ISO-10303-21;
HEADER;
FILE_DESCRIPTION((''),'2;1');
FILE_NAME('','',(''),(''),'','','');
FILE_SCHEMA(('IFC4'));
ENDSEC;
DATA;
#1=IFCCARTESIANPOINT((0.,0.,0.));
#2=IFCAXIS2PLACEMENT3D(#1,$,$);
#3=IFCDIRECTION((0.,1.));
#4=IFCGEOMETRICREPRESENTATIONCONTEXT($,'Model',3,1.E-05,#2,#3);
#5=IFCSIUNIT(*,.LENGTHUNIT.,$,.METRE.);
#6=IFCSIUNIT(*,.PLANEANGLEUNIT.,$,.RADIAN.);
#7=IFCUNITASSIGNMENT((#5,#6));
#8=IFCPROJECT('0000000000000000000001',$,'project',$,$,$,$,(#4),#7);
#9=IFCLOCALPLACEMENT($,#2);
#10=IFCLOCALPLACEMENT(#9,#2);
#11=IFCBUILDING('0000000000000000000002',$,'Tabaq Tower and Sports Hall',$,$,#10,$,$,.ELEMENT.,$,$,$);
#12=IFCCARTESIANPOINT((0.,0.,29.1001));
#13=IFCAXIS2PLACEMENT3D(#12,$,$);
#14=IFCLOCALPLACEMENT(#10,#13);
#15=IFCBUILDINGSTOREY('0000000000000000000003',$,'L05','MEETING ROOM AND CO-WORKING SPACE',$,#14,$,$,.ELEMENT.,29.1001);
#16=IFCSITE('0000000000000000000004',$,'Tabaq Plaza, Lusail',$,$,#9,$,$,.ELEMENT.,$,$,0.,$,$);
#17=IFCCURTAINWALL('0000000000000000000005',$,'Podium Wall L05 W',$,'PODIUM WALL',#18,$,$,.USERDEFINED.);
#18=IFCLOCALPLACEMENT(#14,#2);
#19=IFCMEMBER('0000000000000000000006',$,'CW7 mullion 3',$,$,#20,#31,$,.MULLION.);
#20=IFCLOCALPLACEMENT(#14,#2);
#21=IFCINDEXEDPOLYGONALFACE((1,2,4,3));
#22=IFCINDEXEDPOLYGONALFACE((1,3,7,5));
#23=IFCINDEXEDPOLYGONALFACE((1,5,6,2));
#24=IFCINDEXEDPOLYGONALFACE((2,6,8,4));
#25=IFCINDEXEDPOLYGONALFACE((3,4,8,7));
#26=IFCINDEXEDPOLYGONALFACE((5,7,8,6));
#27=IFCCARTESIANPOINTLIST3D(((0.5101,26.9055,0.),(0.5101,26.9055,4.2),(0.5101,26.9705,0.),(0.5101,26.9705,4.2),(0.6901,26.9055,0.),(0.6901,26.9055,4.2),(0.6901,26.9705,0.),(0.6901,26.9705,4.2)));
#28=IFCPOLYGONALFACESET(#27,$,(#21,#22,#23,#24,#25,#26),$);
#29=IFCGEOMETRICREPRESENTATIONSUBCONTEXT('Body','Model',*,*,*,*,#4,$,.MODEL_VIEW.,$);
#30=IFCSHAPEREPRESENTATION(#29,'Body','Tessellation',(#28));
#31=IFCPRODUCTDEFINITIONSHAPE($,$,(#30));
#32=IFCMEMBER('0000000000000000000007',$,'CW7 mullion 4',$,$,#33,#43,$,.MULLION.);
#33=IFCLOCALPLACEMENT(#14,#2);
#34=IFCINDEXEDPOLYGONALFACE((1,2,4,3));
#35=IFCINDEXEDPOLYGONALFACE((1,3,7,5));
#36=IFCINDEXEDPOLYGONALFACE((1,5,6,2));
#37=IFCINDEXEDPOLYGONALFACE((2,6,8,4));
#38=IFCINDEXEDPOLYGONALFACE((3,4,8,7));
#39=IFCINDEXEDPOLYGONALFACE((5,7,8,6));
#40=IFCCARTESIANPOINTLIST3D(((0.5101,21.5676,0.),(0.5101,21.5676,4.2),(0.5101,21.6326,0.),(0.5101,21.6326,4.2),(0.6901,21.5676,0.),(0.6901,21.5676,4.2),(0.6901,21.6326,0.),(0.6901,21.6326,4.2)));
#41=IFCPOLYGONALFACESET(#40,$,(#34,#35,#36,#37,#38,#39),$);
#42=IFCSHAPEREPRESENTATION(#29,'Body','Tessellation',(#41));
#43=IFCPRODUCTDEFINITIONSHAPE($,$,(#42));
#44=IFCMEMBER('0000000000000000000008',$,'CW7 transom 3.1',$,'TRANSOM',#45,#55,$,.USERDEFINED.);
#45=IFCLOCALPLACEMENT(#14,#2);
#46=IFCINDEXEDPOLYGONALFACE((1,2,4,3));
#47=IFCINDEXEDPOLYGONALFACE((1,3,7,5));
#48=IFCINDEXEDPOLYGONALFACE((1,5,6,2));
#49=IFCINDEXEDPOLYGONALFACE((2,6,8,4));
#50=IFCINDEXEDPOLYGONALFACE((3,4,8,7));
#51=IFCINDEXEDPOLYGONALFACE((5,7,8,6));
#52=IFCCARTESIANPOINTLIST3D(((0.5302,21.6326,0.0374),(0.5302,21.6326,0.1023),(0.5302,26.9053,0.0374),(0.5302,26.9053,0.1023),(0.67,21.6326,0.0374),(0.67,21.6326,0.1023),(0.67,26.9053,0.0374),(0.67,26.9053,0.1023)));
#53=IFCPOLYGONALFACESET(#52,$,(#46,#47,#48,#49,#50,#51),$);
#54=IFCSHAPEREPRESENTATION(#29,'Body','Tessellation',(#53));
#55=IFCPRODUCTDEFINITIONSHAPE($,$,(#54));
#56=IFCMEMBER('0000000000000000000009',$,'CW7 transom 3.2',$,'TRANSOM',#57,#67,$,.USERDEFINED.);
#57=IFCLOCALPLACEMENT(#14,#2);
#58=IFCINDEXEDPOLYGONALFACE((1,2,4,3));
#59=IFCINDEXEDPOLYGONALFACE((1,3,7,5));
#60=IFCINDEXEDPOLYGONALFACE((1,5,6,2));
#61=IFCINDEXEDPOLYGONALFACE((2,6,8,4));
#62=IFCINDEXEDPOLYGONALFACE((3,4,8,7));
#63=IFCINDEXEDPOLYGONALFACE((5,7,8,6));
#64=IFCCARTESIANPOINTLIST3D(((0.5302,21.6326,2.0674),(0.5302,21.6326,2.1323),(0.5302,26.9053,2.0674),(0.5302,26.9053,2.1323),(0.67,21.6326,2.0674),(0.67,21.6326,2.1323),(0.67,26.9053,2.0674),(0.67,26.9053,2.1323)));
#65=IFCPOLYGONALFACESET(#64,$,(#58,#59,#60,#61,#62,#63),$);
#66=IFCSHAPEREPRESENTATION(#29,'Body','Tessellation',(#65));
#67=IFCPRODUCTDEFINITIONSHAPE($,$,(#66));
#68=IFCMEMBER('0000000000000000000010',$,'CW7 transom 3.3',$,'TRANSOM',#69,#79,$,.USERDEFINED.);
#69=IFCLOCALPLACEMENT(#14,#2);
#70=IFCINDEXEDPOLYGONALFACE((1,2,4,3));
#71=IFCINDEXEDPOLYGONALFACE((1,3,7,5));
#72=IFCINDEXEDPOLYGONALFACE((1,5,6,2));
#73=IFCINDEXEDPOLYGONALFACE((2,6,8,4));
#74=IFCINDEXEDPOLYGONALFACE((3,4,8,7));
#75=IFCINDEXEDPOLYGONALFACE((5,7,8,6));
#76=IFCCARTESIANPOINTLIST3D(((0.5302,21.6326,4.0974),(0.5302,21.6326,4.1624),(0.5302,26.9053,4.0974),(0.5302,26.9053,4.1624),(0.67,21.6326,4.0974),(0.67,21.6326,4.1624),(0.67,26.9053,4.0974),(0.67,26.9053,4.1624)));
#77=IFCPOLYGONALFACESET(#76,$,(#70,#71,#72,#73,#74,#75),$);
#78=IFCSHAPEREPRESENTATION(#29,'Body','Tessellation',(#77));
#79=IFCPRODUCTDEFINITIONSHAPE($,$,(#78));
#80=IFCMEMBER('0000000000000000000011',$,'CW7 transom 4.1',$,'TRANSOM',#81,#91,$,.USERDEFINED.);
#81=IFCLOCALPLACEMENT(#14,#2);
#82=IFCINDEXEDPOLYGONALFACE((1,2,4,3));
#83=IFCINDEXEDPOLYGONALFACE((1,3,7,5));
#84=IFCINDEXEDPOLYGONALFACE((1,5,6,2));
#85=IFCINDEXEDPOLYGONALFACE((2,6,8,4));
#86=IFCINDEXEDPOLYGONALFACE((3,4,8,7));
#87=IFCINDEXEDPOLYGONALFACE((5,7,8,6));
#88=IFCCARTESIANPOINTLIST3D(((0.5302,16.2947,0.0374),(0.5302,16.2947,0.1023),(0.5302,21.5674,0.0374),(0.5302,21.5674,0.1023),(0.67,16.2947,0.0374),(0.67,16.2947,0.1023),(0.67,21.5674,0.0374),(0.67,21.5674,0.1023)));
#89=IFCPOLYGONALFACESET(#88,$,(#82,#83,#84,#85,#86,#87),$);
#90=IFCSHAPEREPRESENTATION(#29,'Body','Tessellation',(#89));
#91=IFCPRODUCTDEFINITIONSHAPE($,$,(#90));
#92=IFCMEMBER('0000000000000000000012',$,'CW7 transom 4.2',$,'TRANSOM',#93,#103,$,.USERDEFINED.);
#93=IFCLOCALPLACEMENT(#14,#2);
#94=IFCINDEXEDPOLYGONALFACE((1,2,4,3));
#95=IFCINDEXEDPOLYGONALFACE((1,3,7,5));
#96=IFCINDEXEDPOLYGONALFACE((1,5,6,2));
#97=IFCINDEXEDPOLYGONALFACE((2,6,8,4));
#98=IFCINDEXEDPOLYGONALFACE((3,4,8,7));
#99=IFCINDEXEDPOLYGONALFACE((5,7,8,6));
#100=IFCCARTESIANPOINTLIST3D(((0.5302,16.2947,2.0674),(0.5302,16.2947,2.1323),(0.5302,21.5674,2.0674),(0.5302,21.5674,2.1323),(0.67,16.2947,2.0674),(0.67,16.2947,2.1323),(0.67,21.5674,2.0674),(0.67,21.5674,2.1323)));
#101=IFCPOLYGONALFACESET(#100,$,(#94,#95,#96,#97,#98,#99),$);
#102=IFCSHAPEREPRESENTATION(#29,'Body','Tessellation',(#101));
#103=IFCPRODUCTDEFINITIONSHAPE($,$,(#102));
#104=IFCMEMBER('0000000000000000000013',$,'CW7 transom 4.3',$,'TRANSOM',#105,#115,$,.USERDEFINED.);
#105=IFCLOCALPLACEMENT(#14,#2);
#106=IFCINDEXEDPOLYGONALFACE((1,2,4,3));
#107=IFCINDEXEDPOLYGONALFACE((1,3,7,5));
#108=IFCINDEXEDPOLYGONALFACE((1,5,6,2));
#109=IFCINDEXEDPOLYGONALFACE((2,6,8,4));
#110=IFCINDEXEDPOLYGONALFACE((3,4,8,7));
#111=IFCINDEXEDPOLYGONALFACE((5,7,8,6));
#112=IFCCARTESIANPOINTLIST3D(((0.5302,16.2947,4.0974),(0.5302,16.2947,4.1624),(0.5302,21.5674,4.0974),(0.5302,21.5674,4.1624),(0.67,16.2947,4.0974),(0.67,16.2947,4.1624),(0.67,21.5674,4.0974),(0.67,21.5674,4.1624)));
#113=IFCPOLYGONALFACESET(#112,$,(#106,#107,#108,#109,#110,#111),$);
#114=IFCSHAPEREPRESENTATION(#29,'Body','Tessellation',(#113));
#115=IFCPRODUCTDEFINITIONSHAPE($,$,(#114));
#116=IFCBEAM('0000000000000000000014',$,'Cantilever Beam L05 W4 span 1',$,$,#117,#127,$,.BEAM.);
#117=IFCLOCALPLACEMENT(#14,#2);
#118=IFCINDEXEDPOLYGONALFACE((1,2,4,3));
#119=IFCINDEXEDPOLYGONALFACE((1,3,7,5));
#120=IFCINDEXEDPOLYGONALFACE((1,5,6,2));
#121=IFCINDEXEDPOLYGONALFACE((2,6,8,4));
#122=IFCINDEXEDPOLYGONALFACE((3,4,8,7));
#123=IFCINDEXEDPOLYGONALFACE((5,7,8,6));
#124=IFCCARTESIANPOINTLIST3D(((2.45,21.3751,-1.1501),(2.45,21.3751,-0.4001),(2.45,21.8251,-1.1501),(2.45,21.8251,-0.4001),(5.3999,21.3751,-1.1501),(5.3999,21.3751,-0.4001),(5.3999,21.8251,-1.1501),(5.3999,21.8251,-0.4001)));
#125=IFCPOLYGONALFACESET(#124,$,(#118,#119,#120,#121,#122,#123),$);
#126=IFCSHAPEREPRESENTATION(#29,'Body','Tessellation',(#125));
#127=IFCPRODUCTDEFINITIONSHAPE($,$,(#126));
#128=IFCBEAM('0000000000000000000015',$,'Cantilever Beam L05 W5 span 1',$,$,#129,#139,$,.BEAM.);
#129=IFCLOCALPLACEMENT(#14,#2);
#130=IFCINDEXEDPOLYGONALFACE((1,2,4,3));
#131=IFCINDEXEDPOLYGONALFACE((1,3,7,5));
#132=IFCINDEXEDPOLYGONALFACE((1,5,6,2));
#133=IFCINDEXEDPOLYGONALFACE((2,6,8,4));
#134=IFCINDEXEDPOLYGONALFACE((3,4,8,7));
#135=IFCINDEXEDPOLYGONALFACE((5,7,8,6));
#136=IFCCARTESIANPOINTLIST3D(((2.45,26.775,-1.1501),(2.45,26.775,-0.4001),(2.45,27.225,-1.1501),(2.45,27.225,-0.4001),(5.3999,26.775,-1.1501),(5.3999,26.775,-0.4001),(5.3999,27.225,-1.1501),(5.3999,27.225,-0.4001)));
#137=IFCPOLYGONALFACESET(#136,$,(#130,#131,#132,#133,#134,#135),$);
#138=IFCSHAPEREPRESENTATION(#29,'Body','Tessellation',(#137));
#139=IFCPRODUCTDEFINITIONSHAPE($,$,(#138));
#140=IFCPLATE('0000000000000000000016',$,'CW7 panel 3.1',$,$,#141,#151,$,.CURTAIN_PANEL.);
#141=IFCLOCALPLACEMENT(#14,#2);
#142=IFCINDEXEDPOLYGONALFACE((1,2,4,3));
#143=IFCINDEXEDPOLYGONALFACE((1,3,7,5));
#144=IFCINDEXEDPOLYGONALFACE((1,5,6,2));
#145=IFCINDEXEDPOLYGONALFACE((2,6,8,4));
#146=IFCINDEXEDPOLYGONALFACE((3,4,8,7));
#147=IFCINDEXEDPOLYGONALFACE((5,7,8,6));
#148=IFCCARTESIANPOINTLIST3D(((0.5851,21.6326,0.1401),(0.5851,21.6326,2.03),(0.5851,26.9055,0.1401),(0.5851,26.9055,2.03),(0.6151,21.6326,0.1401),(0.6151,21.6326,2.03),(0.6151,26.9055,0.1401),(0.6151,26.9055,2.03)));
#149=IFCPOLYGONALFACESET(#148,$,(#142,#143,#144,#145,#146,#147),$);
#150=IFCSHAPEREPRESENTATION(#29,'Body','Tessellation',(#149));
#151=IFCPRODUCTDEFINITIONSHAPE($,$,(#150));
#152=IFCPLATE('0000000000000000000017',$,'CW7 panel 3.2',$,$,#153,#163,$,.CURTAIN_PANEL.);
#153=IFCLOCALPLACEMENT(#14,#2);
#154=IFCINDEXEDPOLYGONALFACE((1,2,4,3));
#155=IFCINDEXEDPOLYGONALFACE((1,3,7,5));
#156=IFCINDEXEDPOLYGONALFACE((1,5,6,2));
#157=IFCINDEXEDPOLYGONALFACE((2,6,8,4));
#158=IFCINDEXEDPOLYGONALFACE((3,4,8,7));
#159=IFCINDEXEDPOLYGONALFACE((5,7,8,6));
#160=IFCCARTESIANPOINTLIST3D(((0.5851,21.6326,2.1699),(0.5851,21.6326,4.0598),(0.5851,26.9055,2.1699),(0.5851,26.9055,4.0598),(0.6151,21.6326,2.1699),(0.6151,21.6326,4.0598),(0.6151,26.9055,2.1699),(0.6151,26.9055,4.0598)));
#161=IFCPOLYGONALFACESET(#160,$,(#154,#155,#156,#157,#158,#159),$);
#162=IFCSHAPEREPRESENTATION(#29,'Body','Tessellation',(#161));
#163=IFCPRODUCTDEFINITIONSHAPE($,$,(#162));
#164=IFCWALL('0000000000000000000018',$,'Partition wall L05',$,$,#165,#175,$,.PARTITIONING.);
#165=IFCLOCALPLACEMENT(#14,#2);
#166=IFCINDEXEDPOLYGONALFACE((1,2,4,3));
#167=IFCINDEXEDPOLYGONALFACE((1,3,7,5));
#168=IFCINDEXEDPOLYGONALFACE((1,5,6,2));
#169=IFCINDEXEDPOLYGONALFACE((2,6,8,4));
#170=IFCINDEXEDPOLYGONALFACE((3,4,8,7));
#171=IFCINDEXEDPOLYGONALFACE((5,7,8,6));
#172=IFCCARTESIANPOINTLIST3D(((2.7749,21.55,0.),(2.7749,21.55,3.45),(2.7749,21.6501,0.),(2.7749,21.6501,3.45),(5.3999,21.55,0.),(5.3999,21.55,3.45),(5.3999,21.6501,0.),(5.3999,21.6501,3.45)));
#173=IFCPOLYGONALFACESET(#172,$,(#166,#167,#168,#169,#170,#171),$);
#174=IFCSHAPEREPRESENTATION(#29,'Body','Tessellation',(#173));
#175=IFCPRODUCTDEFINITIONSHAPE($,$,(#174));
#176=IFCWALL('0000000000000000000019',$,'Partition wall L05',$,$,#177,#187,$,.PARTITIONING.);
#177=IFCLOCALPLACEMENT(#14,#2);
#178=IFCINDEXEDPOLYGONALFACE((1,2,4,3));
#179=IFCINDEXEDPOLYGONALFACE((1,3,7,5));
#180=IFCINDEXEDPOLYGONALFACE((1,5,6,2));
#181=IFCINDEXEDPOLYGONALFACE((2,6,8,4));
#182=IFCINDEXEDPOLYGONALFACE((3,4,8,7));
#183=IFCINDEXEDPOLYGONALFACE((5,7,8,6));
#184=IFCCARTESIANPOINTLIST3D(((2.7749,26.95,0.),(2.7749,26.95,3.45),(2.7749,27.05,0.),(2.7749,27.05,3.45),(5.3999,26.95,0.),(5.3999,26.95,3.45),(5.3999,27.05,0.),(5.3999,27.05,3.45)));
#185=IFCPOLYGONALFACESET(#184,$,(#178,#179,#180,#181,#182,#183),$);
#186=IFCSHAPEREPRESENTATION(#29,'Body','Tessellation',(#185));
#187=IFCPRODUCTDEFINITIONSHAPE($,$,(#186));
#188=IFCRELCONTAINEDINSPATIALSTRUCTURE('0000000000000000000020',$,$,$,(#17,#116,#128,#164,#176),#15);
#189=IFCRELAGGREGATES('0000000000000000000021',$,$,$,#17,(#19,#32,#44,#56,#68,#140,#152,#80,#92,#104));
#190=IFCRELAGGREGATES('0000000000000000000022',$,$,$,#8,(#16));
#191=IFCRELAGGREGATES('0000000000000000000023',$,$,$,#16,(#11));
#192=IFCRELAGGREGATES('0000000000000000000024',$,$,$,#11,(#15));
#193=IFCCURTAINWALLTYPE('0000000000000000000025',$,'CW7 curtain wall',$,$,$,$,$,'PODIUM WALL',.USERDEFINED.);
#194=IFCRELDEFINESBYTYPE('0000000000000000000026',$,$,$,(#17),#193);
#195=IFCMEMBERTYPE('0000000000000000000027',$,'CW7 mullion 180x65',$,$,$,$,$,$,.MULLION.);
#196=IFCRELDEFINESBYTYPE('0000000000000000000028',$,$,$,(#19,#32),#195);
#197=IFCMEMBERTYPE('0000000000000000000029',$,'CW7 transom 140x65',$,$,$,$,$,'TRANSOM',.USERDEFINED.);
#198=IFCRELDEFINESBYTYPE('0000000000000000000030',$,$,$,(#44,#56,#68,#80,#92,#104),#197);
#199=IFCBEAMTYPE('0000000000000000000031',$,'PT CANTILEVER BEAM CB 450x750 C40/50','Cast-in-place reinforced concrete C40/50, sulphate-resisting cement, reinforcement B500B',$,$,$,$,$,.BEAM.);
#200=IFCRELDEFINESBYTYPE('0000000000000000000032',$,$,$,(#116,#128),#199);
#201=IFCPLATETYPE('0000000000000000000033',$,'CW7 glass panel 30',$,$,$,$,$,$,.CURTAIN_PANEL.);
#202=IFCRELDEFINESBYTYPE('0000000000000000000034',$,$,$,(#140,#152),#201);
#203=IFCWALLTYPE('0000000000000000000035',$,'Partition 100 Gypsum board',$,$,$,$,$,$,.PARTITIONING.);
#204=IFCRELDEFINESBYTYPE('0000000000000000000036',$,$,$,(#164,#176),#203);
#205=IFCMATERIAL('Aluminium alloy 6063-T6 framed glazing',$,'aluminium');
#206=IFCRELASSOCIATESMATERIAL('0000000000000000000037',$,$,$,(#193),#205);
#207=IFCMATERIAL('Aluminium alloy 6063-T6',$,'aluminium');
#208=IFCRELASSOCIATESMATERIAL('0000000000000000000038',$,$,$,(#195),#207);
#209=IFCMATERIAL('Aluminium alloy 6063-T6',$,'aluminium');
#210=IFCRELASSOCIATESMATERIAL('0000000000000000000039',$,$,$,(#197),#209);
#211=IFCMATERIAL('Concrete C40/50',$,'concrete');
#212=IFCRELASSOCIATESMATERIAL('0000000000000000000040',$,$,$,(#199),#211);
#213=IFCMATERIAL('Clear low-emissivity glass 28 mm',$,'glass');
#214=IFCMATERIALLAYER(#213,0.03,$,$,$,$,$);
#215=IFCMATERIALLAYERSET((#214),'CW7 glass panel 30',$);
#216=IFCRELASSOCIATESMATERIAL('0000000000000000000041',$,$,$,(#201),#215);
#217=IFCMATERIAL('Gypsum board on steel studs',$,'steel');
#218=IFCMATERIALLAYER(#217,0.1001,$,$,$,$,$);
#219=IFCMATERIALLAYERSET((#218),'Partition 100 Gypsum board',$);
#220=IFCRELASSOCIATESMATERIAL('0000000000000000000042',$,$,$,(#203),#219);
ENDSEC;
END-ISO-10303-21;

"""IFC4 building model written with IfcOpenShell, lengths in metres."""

from ifc_helpers import new_model, si_unit, direction, frame, frame_2d, origin, origin_2d, place, context, subcontext, project, spatial, rectangle, extrude, material, layer, layer_set, material_profile, profile_set, type_object, element, aggregate, save


model = new_model("IFC4")

# Units and contexts
model_context = context("Model", 3, precision=1e-05, world=origin(), true_north=direction((0.0, 1.0)))
body_context = subcontext(model_context, "Body", "Model", "MODEL_VIEW")
ifc_project = project(units=[si_unit("LENGTHUNIT", "METRE"), si_unit("PLANEANGLEUNIT", "RADIAN")], contexts=[model_context])

# Site, building, storey
site_placement = place(None, origin())
site = spatial("IfcSite", under=ifc_project, at=site_placement, Name="Tabaq Plaza, Lusail", CompositionType="ELEMENT", RefElevation=0.0)
building_placement = place(site_placement, origin())
building = spatial("IfcBuilding", under=site, at=building_placement, Name="Tabaq Tower and Sports Hall", CompositionType="ELEMENT")
storey_placement = place(building_placement, frame((0.0, 0.0, 29.1001)))
storey = spatial("IfcBuildingStorey", under=building, at=storey_placement, Name="L05", Description="MEETING ROOM AND CO-WORKING SPACE", CompositionType="ELEMENT", Elevation=29.1001)

# Curtain wall, members
ifc_material_1 = material(Name="Aluminium alloy 6063-T6 framed glazing", Category="aluminium")
curtain_wall_type = type_object("IfcCurtainWallType", Name="CW7 curtain wall", ElementType="PODIUM WALL", PredefinedType="USERDEFINED", material=ifc_material_1)
curtain_wall_placement = place(storey_placement, origin())
curtain_wall = element("IfcCurtainWall", 1, at=curtain_wall_placement, inside=storey, type_object=curtain_wall_type, Name="Podium Wall L05 W", ObjectType="PODIUM WALL", PredefinedType="USERDEFINED")
ifc_material_2 = material(Name="Aluminium alloy 6063-T6", Category="aluminium")
ifc_material_profile_1 = material_profile(ifc_material_2, rectangle(XDim=0.1799, YDim=0.0649, at=origin_2d()), Name="MULLION 180x65")
ifc_profile_set_1 = profile_set([ifc_material_profile_1], Name="Aluminium alloy 6063-T6")
member_type_1 = type_object("IfcMemberType", Name="CW7 mullion 180x65", PredefinedType="MULLION", material=ifc_profile_set_1)
member_1_placement = place(storey_placement, frame((0.6001, 26.938, 0.0), z_axis=(0.0, 0.0, 1.0), x_axis=(1.0, 0.0, 0.0)))
member_1 = element("IfcMember", 2, at=member_1_placement, type_object=member_type_1, Name="CW7 mullion 3", PredefinedType="MULLION", context=body_context, shape_type="SweptSolid", body=[
    extrude(rectangle(XDim=0.1799, YDim=0.0649, at=origin_2d()), origin(), (0.0, 0.0, 1.0), 4.2),
])
member_2_placement = place(storey_placement, frame((0.6001, 21.6001, 0.0), z_axis=(0.0, 0.0, 1.0), x_axis=(1.0, 0.0, 0.0)))
member_2 = element("IfcMember", 3, at=member_2_placement, type_object=member_type_1, Name="CW7 mullion 4", PredefinedType="MULLION", context=body_context, shape_type="SweptSolid", body=[
    extrude(rectangle(XDim=0.1799, YDim=0.0649, at=origin_2d()), origin(), (0.0, 0.0, 1.0), 4.2),
])
ifc_material_3 = material(Name="Aluminium alloy 6063-T6", Category="aluminium")
ifc_material_profile_2 = material_profile(ifc_material_3, rectangle(XDim=0.1399, YDim=0.0649, at=origin_2d()), Name="TRANSOM 140x65")
ifc_profile_set_2 = profile_set([ifc_material_profile_2], Name="Aluminium alloy 6063-T6")
member_type_2 = type_object("IfcMemberType", Name="CW7 transom 140x65", ElementType="TRANSOM", PredefinedType="USERDEFINED", material=ifc_profile_set_2)
member_3_placement = place(storey_placement, frame((0.6001, 26.9053, 0.0698), z_axis=(0.0, -1.0, 0.0), x_axis=(1.0, 0.0, 0.0)))
member_3 = element("IfcMember", 4, at=member_3_placement, type_object=member_type_2, Name="CW7 transom 3.1", ObjectType="TRANSOM", PredefinedType="USERDEFINED", context=body_context, shape_type="SweptSolid", body=[
    extrude(rectangle(XDim=0.1399, YDim=0.0649, at=origin_2d()), origin(), (0.0, 0.0, 1.0), 5.2727),
])
member_4_placement = place(storey_placement, frame((0.6001, 26.9053, 2.0999), z_axis=(0.0, -1.0, 0.0), x_axis=(1.0, 0.0, 0.0)))
member_4 = element("IfcMember", 5, at=member_4_placement, type_object=member_type_2, Name="CW7 transom 3.2", ObjectType="TRANSOM", PredefinedType="USERDEFINED", context=body_context, shape_type="SweptSolid", body=[
    extrude(rectangle(XDim=0.1399, YDim=0.0649, at=origin_2d()), origin(), (0.0, 0.0, 1.0), 5.2727),
])
member_5_placement = place(storey_placement, frame((0.6001, 26.9053, 4.1299), z_axis=(0.0, -1.0, 0.0), x_axis=(1.0, 0.0, 0.0)))
member_5 = element("IfcMember", 6, at=member_5_placement, type_object=member_type_2, Name="CW7 transom 3.3", ObjectType="TRANSOM", PredefinedType="USERDEFINED", context=body_context, shape_type="SweptSolid", body=[
    extrude(rectangle(XDim=0.1399, YDim=0.0649, at=origin_2d()), origin(), (0.0, 0.0, 1.0), 5.2727),
])
member_6_placement = place(storey_placement, frame((0.6001, 21.5674, 0.0698), z_axis=(0.0, -1.0, 0.0), x_axis=(1.0, 0.0, 0.0)))
member_6 = element("IfcMember", 7, at=member_6_placement, type_object=member_type_2, Name="CW7 transom 4.1", ObjectType="TRANSOM", PredefinedType="USERDEFINED", context=body_context, shape_type="SweptSolid", body=[
    extrude(rectangle(XDim=0.1399, YDim=0.0649, at=origin_2d()), origin(), (0.0, 0.0, 1.0), 5.2727),
])
member_7_placement = place(storey_placement, frame((0.6001, 21.5674, 2.0999), z_axis=(0.0, -1.0, 0.0), x_axis=(1.0, 0.0, 0.0)))
member_7 = element("IfcMember", 8, at=member_7_placement, type_object=member_type_2, Name="CW7 transom 4.2", ObjectType="TRANSOM", PredefinedType="USERDEFINED", context=body_context, shape_type="SweptSolid", body=[
    extrude(rectangle(XDim=0.1399, YDim=0.0649, at=origin_2d()), origin(), (0.0, 0.0, 1.0), 5.2727),
])
member_8_placement = place(storey_placement, frame((0.6001, 21.5674, 4.1299), z_axis=(0.0, -1.0, 0.0), x_axis=(1.0, 0.0, 0.0)))
member_8 = element("IfcMember", 9, at=member_8_placement, type_object=member_type_2, Name="CW7 transom 4.3", ObjectType="TRANSOM", PredefinedType="USERDEFINED", context=body_context, shape_type="SweptSolid", body=[
    extrude(rectangle(XDim=0.1399, YDim=0.0649, at=origin_2d()), origin(), (0.0, 0.0, 1.0), 5.2727),
])

# Beams
ifc_material_4 = material(Name="Concrete C40/50", Category="concrete")
ifc_material_profile_3 = material_profile(ifc_material_4, rectangle(XDim=0.45, YDim=0.75, at=origin_2d()), Name="CB 450x750")
ifc_profile_set_3 = profile_set([ifc_material_profile_3], Name="Concrete C40/50")
beam_type = type_object("IfcBeamType", Name="PT CANTILEVER BEAM CB 450x750 C40/50", Description="Cast-in-place reinforced concrete C40/50, sulphate-resisting cement, reinforcement B500B", PredefinedType="BEAM", material=ifc_profile_set_3)
for number, where, z_axis, x_axis, name in (
    (10, (2.45, 21.6001, -0.7751), (1.0, 0.0, 0.0), (0.0, 1.0, 0.0), "Cantilever Beam L05 W4 span 1"),
    (11, (2.45, 27.0, -0.7751), (1.0, 0.0, 0.0), (0.0, 1.0, 0.0), "Cantilever Beam L05 W5 span 1"),
):
    element("IfcBeam", number, at=place(storey_placement, frame(where, z_axis=z_axis, x_axis=x_axis)), inside=storey, type_object=beam_type, Name=name, PredefinedType="BEAM", context=body_context, shape_type="SweptSolid", body=[
        extrude(rectangle(XDim=0.45, YDim=0.75, at=origin_2d()), origin(), (0.0, 0.0, 1.0), 2.95),
    ])

# Plates
ifc_material_5 = material(Name="Clear low-emissivity glass 28 mm", Category="glass")
ifc_layer_1 = layer(ifc_material_5, 0.03)
ifc_layer_set_1 = layer_set([ifc_layer_1], Name="CW7 glass panel 30")
plate_type = type_object("IfcPlateType", Name="CW7 glass panel 30", PredefinedType="CURTAIN_PANEL", material=ifc_layer_set_1)
plate_1_placement = place(storey_placement, frame((0.6001, 24.269, 0.1401), z_axis=(0.0, 0.0, 1.0), x_axis=(0.0, -1.0, 0.0)))
plate_1 = element("IfcPlate", 12, at=plate_1_placement, type_object=plate_type, Name="CW7 panel 3.1", PredefinedType="CURTAIN_PANEL", context=body_context, shape_type="SweptSolid", body=[
    extrude(rectangle(XDim=5.2729, YDim=0.03, at=origin_2d()), origin(), (0.0, 0.0, 1.0), 1.8899),
])
plate_2_placement = place(storey_placement, frame((0.6001, 24.269, 2.1699), z_axis=(0.0, 0.0, 1.0), x_axis=(0.0, -1.0, 0.0)))
plate_2 = element("IfcPlate", 13, at=plate_2_placement, type_object=plate_type, Name="CW7 panel 3.2", PredefinedType="CURTAIN_PANEL", context=body_context, shape_type="SweptSolid", body=[
    extrude(rectangle(XDim=5.2729, YDim=0.03, at=origin_2d()), origin(), (0.0, 0.0, 1.0), 1.8899),
])
aggregate(curtain_wall, [member_1, member_2, member_3, member_4, member_5, plate_1, plate_2, member_6, member_7, member_8])

# Walls
ifc_material_6 = material(Name="Gypsum board on steel studs", Category="steel")
ifc_layer_2 = layer(ifc_material_6, 0.1001)
ifc_layer_set_2 = layer_set([ifc_layer_2], Name="Partition 100 Gypsum board")
wall_type_1 = type_object("IfcWallType", Name="Partition 100 Gypsum board", PredefinedType="PARTITIONING", material=ifc_layer_set_2)
for number, where, z_axis, x_axis, name in (
    (14, (5.3999, 21.6001, 0.0), (0.0, 0.0, 1.0), (-1.0, 0.0, 0.0), "Partition wall L05"),
    (15, (5.3999, 27.0, 0.0), (0.0, 0.0, 1.0), (-1.0, 0.0, 0.0), "Partition wall L05"),
):
    element("IfcWall", number, at=place(storey_placement, frame(where, z_axis=z_axis, x_axis=x_axis)), inside=storey, type_object=wall_type_1, Name=name, PredefinedType="PARTITIONING", context=body_context, shape_type="SweptSolid", body=[
        extrude(rectangle(XDim=2.625, YDim=0.1001, at=frame_2d((1.3125, 0.0))), origin(), (0.0, 0.0, 1.0), 3.45),
    ])

save(model, "model.ifc")
